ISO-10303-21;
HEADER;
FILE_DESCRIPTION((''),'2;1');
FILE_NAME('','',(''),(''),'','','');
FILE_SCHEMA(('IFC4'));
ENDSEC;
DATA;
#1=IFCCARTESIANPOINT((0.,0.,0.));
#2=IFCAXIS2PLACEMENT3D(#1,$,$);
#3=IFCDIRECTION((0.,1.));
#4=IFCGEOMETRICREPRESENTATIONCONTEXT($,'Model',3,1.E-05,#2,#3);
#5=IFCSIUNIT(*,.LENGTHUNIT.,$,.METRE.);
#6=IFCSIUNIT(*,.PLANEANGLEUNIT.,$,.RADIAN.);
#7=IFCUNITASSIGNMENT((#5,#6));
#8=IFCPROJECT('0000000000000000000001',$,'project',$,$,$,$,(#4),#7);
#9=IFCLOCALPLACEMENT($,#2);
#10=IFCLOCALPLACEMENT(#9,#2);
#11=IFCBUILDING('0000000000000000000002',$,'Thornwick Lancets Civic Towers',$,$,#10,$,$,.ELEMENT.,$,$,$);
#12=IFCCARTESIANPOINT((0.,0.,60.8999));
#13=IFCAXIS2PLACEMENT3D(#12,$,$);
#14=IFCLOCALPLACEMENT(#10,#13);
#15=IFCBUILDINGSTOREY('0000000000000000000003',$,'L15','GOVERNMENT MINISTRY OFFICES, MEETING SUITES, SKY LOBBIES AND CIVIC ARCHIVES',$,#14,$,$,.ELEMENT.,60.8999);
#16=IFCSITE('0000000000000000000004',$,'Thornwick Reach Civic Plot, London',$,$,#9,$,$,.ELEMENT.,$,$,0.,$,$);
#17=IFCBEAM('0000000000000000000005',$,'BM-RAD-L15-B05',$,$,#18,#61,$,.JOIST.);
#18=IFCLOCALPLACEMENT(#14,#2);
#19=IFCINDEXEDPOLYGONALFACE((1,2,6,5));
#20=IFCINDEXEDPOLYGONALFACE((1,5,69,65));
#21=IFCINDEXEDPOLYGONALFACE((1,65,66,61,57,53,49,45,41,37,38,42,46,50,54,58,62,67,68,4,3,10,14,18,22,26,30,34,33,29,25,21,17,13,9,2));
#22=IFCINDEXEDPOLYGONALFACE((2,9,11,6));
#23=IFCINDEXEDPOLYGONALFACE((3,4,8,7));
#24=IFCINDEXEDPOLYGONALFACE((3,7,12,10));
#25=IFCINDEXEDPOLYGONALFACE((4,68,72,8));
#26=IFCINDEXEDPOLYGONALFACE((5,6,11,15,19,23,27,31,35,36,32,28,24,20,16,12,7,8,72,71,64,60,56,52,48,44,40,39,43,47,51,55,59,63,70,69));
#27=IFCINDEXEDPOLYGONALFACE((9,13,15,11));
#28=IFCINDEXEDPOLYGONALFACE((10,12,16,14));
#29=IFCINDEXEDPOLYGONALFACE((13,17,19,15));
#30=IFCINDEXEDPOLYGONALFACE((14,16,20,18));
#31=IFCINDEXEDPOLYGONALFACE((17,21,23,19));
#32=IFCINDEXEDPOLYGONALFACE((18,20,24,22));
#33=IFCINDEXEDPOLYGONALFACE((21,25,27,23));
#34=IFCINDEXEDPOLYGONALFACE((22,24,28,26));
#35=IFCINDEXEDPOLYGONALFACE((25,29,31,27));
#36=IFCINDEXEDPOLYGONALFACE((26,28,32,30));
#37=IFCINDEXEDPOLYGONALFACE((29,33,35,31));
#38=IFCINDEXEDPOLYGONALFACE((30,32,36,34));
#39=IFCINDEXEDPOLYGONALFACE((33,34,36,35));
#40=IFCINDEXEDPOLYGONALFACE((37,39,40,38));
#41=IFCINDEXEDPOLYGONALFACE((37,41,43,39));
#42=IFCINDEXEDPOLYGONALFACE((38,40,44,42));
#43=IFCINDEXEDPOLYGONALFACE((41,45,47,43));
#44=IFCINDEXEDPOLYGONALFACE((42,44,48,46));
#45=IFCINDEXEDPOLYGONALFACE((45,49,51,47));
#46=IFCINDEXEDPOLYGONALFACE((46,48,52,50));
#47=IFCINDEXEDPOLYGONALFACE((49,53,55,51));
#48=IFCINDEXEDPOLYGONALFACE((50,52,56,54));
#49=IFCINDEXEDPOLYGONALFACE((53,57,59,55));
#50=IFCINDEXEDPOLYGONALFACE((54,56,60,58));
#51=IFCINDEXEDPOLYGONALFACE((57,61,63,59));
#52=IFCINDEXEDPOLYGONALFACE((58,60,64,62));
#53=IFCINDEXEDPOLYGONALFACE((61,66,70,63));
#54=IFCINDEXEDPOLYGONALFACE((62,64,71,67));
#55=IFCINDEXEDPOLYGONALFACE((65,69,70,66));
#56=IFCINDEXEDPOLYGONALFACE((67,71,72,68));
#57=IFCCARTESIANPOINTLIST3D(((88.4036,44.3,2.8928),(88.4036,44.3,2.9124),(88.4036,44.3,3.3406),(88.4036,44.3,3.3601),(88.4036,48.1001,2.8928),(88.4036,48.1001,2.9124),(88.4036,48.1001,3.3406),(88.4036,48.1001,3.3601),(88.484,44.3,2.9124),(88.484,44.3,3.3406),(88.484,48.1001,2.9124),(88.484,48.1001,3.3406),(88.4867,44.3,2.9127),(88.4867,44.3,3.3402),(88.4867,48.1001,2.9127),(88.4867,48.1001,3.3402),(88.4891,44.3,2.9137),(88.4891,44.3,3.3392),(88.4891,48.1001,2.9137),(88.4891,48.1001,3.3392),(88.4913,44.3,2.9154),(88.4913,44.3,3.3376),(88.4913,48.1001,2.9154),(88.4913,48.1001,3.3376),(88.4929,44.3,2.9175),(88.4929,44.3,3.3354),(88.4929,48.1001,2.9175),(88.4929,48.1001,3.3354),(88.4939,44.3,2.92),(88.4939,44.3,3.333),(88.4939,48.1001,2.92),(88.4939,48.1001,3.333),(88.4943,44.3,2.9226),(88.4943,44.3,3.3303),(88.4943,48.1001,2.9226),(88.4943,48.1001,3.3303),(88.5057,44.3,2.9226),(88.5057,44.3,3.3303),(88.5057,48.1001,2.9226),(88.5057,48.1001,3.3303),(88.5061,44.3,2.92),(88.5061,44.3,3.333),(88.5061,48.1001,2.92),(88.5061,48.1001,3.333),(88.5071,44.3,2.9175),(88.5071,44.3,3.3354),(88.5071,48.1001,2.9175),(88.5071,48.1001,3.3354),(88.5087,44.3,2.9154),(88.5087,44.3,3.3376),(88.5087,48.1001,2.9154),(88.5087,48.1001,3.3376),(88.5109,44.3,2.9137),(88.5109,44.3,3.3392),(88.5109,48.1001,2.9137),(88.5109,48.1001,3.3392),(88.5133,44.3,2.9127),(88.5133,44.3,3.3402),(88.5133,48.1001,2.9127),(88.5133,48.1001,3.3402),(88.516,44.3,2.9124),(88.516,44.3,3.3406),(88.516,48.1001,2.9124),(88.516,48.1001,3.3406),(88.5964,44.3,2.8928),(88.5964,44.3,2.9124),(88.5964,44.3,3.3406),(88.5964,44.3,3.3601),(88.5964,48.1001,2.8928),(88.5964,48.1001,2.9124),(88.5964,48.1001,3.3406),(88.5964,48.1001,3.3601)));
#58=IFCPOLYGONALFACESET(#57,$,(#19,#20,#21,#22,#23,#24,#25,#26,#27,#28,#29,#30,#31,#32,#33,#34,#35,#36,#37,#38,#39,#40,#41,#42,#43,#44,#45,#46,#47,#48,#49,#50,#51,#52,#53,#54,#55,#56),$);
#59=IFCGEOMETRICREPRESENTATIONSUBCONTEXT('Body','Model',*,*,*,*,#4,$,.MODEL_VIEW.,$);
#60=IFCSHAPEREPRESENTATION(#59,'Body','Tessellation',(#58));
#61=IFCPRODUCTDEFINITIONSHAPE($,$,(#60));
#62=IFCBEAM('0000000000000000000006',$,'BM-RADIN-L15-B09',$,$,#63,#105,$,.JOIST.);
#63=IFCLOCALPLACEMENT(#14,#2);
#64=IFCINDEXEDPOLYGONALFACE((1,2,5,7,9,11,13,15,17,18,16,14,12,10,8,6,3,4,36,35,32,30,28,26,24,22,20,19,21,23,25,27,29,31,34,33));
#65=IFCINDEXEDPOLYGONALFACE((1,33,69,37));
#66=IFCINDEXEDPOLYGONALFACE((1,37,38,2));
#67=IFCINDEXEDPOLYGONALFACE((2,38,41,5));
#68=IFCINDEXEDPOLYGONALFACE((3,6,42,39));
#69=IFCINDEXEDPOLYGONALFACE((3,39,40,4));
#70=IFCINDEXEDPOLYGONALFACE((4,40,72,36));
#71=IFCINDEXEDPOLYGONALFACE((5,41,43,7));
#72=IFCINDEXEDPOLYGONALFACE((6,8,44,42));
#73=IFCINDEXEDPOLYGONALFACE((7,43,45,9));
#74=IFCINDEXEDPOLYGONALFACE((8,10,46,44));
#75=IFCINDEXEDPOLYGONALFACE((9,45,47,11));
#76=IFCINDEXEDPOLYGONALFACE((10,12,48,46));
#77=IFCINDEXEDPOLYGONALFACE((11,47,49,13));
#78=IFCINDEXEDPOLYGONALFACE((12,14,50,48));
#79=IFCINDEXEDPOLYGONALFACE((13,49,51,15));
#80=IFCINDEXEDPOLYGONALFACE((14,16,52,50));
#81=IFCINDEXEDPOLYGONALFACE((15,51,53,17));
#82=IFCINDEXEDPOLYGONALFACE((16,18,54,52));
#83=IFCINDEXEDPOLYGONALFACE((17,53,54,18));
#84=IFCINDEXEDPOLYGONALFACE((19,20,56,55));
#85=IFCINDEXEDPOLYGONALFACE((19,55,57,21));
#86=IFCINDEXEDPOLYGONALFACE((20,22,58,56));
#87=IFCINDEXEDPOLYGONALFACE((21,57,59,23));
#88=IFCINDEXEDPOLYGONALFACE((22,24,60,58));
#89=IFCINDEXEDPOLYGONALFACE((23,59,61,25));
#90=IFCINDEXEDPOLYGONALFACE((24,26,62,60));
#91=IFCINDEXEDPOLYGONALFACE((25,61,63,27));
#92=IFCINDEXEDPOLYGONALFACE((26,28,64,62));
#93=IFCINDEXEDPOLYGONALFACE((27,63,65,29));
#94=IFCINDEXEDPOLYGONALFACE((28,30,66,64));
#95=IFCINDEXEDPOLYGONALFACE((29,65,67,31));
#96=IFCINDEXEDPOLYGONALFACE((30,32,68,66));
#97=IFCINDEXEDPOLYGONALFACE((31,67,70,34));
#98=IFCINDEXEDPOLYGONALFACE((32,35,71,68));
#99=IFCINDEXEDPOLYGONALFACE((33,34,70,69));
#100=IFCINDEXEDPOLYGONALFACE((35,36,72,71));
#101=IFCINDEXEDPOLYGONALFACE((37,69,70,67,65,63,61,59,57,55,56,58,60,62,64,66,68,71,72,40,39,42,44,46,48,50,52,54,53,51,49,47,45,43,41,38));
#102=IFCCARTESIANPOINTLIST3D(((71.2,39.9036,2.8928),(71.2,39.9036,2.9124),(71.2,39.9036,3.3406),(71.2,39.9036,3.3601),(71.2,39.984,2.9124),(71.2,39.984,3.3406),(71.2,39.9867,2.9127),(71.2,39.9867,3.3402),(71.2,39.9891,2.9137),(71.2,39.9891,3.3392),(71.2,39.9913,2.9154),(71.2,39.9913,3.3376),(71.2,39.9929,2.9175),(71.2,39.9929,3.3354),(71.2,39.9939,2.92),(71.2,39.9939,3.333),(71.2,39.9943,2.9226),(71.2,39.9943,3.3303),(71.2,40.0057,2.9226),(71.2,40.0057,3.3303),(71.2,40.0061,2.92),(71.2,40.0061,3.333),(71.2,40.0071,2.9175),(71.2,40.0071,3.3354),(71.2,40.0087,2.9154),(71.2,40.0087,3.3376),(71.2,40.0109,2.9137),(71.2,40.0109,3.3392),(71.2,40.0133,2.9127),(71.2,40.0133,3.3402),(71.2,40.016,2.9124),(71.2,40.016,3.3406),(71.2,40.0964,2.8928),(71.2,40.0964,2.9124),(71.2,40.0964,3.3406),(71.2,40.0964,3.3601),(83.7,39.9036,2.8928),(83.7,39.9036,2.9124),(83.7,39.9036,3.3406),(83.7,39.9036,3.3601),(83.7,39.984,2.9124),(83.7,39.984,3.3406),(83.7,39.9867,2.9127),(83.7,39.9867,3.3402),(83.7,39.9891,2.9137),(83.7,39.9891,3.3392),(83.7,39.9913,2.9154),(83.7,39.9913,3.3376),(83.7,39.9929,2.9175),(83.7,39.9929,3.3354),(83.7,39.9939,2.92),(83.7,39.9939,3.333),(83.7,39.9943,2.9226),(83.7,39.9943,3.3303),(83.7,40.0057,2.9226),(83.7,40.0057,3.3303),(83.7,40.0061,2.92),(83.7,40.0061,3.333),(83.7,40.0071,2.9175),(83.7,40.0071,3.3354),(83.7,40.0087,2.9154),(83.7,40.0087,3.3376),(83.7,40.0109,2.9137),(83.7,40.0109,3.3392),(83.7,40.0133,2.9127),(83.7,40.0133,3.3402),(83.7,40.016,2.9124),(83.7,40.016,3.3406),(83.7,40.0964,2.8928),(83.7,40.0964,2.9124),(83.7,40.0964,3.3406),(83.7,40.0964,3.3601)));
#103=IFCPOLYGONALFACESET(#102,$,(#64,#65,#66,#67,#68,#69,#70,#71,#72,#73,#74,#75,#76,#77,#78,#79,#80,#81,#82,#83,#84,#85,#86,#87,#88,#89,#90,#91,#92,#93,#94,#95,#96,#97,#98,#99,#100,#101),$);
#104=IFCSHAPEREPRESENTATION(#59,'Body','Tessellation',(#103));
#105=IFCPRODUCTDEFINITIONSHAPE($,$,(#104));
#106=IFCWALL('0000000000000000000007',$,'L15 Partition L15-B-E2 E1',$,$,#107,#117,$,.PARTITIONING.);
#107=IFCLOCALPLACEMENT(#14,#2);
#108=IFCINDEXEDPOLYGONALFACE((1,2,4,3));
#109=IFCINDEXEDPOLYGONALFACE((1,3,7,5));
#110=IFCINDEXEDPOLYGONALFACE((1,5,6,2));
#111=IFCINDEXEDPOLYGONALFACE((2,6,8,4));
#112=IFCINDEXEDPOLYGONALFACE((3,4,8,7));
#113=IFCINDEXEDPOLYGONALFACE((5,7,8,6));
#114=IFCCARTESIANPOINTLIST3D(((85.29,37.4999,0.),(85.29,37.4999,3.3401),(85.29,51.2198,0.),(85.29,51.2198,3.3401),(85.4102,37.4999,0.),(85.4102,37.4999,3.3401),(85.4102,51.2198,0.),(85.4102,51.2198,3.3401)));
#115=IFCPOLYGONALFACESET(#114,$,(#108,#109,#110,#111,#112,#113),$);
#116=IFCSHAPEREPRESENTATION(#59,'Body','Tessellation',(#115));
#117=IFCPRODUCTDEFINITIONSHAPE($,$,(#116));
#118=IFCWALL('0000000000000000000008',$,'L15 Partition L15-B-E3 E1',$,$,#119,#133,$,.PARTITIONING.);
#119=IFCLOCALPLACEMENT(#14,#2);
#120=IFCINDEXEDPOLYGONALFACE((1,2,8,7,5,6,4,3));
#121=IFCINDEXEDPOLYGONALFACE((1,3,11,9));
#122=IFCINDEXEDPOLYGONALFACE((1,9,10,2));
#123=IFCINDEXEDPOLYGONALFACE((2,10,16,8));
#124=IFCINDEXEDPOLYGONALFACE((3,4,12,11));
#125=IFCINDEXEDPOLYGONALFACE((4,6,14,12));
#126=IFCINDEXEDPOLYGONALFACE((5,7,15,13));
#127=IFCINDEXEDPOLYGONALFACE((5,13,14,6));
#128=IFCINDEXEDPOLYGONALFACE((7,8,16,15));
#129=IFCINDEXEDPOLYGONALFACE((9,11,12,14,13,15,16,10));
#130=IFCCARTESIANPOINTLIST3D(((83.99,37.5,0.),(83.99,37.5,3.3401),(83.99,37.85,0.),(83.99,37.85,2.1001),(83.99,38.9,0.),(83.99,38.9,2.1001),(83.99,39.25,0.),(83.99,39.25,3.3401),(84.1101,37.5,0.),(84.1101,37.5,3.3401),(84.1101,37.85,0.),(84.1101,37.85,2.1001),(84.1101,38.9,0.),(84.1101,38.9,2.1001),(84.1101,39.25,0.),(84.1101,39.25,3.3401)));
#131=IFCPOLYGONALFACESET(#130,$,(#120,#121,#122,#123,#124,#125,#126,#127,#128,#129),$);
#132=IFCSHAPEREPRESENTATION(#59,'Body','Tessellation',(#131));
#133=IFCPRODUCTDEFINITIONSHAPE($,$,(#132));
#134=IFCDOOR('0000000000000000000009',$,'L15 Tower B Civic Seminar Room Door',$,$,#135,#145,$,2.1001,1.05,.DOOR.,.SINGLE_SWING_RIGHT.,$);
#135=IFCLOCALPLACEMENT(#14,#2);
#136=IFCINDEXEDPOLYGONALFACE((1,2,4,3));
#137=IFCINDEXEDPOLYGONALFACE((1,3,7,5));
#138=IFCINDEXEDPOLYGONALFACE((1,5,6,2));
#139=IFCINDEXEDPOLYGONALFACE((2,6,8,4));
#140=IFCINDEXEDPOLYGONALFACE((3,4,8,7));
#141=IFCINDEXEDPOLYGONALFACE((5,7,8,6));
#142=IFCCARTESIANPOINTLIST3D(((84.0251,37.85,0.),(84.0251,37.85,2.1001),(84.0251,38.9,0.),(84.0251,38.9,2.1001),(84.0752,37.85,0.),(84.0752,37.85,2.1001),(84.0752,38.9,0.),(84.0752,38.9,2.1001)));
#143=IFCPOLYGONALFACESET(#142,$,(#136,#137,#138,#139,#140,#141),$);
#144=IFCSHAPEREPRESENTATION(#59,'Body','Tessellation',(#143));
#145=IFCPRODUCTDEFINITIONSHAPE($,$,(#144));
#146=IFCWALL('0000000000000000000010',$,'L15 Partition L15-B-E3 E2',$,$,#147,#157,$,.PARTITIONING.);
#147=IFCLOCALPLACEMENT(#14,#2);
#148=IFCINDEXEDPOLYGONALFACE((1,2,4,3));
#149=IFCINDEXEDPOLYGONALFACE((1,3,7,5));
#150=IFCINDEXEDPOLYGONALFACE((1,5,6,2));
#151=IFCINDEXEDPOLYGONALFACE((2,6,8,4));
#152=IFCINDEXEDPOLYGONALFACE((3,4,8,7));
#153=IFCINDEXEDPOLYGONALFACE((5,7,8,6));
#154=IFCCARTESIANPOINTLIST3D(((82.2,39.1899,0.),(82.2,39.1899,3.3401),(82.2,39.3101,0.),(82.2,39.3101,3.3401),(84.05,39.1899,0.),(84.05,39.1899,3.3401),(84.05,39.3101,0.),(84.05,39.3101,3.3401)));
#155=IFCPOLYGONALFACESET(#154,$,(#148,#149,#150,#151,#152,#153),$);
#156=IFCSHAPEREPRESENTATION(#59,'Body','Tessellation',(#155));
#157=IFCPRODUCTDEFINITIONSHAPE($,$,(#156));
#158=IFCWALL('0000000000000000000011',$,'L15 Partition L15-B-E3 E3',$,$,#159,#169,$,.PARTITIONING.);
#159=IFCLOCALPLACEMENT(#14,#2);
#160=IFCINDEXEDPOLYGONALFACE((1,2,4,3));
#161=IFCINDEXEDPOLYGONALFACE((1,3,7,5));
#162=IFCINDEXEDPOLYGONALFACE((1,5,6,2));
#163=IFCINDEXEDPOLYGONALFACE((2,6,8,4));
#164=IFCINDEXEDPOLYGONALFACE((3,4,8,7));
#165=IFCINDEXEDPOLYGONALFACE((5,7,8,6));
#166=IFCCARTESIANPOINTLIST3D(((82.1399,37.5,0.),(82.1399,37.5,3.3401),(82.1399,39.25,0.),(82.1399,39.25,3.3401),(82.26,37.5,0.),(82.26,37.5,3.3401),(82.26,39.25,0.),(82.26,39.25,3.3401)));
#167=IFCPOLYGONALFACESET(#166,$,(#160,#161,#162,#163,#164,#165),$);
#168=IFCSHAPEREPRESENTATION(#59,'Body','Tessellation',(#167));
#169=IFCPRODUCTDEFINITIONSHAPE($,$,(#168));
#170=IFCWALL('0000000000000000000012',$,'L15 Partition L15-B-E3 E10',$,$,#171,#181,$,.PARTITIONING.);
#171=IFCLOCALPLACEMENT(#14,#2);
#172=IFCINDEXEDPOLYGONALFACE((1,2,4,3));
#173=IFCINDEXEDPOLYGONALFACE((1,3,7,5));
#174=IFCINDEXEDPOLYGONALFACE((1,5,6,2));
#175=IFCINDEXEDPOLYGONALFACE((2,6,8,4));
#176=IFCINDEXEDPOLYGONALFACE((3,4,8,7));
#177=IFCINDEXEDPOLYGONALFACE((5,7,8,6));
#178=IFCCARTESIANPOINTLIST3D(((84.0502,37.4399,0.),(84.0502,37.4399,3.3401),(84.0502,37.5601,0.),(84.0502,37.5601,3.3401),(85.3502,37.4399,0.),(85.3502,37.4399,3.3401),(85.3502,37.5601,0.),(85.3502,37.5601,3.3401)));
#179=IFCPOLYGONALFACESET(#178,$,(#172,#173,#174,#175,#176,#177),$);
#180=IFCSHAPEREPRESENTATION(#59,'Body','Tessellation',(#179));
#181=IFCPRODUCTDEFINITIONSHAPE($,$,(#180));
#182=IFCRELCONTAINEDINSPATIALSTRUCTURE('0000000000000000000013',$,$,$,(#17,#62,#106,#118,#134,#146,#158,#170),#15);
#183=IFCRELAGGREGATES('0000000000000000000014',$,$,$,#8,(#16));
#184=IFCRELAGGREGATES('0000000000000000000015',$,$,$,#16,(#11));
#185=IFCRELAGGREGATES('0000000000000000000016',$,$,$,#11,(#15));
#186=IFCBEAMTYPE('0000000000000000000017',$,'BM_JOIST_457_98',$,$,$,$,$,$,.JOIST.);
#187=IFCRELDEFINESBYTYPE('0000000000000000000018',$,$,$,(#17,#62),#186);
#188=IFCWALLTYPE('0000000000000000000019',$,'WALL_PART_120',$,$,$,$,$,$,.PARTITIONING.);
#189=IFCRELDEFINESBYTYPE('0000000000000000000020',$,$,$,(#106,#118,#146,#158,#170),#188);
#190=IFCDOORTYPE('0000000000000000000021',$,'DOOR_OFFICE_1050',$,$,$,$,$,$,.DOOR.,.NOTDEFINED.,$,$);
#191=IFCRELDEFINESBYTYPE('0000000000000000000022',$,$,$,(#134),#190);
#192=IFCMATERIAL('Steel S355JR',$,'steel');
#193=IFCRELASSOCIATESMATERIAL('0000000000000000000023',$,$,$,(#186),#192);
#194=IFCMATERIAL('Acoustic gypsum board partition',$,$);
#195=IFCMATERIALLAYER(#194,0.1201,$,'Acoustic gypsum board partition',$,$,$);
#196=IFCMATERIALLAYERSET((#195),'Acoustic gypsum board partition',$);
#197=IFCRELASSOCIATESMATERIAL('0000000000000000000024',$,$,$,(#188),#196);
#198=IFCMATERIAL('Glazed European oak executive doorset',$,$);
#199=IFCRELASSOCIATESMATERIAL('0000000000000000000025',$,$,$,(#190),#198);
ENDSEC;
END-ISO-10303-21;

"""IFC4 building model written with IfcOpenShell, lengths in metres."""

from ifc_helpers import new_model, si_unit, direction, frame, frame_2d, origin, origin_2d, place, context, subcontext, project, spatial, rectangle, i_section, extrude, material, layer, layer_set, material_profile, profile_set, type_object, element, fill, save


model = new_model("IFC4")

# Units and contexts
model_context = context("Model", 3, precision=1e-05, world=origin(), true_north=direction((0.0, 1.0)))
body_context = subcontext(model_context, "Body", "Model", "MODEL_VIEW")
ifc_project = project(units=[si_unit("LENGTHUNIT", "METRE"), si_unit("PLANEANGLEUNIT", "RADIAN")], contexts=[model_context])

# Site, building, storey
site_placement = place(None, origin())
site = spatial("IfcSite", under=ifc_project, at=site_placement, Name="Thornwick Reach Civic Plot, London", CompositionType="ELEMENT", RefElevation=0.0)
building_placement = place(site_placement, origin())
building = spatial("IfcBuilding", under=site, at=building_placement, Name="Thornwick Lancets Civic Towers", CompositionType="ELEMENT")
storey_placement = place(building_placement, frame((0.0, 0.0, 60.8999)))
storey = spatial("IfcBuildingStorey", under=building, at=storey_placement, Name="L15", Description="GOVERNMENT MINISTRY OFFICES, MEETING SUITES, SKY LOBBIES AND CIVIC ARCHIVES", CompositionType="ELEMENT", Elevation=60.8999)

# Beams
ifc_material_1 = material(Name="Steel S355JR", Category="steel")
ifc_material_profile_1 = material_profile(ifc_material_1, i_section(OverallWidth=0.1929, OverallDepth=0.4673, WebThickness=0.0115, FlangeThickness=0.0195, FilletRadius=0.0103, at=origin_2d()), Name="UKB 457x191x98")
ifc_profile_set_1 = profile_set([ifc_material_profile_1], Name="Steel S355JR")
beam_type_1 = type_object("IfcBeamType", Name="BM_JOIST_457_98", PredefinedType="JOIST", material=ifc_profile_set_1)
beam_1_placement = place(storey_placement, frame((88.5, 44.3, 3.1265), z_axis=(0.0, 1.0, 0.0), x_axis=(-1.0, 0.0, 0.0)))
element("IfcBeam", 1, at=beam_1_placement, inside=storey, type_object=beam_type_1, Name="BM-RAD-L15-B05", PredefinedType="JOIST", context=body_context, shape_type="SweptSolid", body=[
    extrude(i_section(OverallWidth=0.1929, OverallDepth=0.4673, WebThickness=0.0115, FlangeThickness=0.0195, FilletRadius=0.0103, at=origin_2d()), origin(), (0.0, 0.0, 1.0), 3.8),
])
beam_2_placement = place(storey_placement, frame((83.7, 40.0, 3.1265), z_axis=(-1.0, 0.0, 0.0), x_axis=(0.0, -1.0, 0.0)))
element("IfcBeam", 2, at=beam_2_placement, inside=storey, type_object=beam_type_1, Name="BM-RADIN-L15-B09", PredefinedType="JOIST", context=body_context, shape_type="SweptSolid", body=[
    extrude(i_section(OverallWidth=0.1929, OverallDepth=0.4673, WebThickness=0.0115, FlangeThickness=0.0195, FilletRadius=0.0103, at=origin_2d()), origin(), (0.0, 0.0, 1.0), 12.5),
])

# Wall
ifc_material_2 = material(Name="Acoustic gypsum board partition")
ifc_layer = layer(ifc_material_2, 0.1201, Name="Acoustic gypsum board partition")
ifc_layer_set = layer_set([ifc_layer], Name="Acoustic gypsum board partition")
wall_type = type_object("IfcWallType", Name="WALL_PART_120", PredefinedType="PARTITIONING", material=ifc_layer_set)
wall_1_placement = place(storey_placement, frame((85.3501, 37.5, 0.0), z_axis=(0.0, 0.0, 1.0), x_axis=(0.0, 1.0, 0.0)))
element("IfcWall", 3, at=wall_1_placement, inside=storey, type_object=wall_type, Name="L15 Partition L15-B-E2 E1", PredefinedType="PARTITIONING", context=body_context, shape_type="SweptSolid", body=[
    extrude(rectangle(XDim=13.72, YDim=0.1201, at=frame_2d((6.8599, 0.0))), origin(), (0.0, 0.0, 1.0), 3.3401),
])

# Wall, opening, door
wall_2_placement = place(storey_placement, frame((84.05, 37.5, 0.0), z_axis=(0.0, 0.0, 1.0), x_axis=(0.0, 1.0, 0.0)))
wall_2 = element("IfcWall", 4, at=wall_2_placement, inside=storey, type_object=wall_type, Name="L15 Partition L15-B-E3 E1", PredefinedType="PARTITIONING", context=body_context, shape_type="SweptSolid", body=[
    extrude(rectangle(XDim=1.75, YDim=0.1201, at=frame_2d((0.875, 0.0))), origin(), (0.0, 0.0, 1.0), 3.3401),
])
opening_placement = place(wall_2_placement, frame((0.3501, 0.0, 0.0)))
opening = element("IfcOpeningElement", 5, at=opening_placement, cuts=wall_2, PredefinedType="OPENING", context=body_context, shape_type="SweptSolid", body=[
    extrude(rectangle(XDim=1.05, YDim=2.1001, at=frame_2d((0.5249, 1.05))), frame((0.0, 0.0701, 0.0), z_axis=(0.0, -1.0, 0.0), x_axis=(1.0, 0.0, 0.0)), (0.0, 0.0, 1.0), 0.1401),
])
ifc_material_3 = material(Name="Glazed European oak executive doorset")
door_type = type_object("IfcDoorType", Name="DOOR_OFFICE_1050", OperationType="NOTDEFINED", PredefinedType="DOOR", material=ifc_material_3)
door_placement = place(opening_placement, origin())
door = element("IfcDoor", 6, at=door_placement, inside=storey, type_object=door_type, Name="L15 Tower B Civic Seminar Room Door", OperationType="SINGLE_SWING_RIGHT", OverallHeight=2.1001, OverallWidth=1.05, PredefinedType="DOOR", context=body_context, shape_type="SweptSolid", body=[
    extrude(rectangle(XDim=1.05, YDim=2.1001, at=frame_2d((0.5249, 1.05))), frame((0.0, 0.0249, 0.0), z_axis=(0.0, -1.0, 0.0), x_axis=(1.0, 0.0, 0.0)), (0.0, 0.0, 1.0), 0.05),
])
fill(opening, door)

# Walls
wall_3_placement = place(storey_placement, frame((84.05, 39.25, 0.0), z_axis=(0.0, 0.0, 1.0), x_axis=(-1.0, 0.0, 0.0)))
element("IfcWall", 7, at=wall_3_placement, inside=storey, type_object=wall_type, Name="L15 Partition L15-B-E3 E2", PredefinedType="PARTITIONING", context=body_context, shape_type="SweptSolid", body=[
    extrude(rectangle(XDim=1.8501, YDim=0.1201, at=frame_2d((0.925, 0.0))), origin(), (0.0, 0.0, 1.0), 3.3401),
])
wall_4_placement = place(storey_placement, frame((82.2, 39.25, 0.0), z_axis=(0.0, 0.0, 1.0), x_axis=(0.0, -1.0, 0.0)))
element("IfcWall", 8, at=wall_4_placement, inside=storey, type_object=wall_type, Name="L15 Partition L15-B-E3 E3", PredefinedType="PARTITIONING", context=body_context, shape_type="SweptSolid", body=[
    extrude(rectangle(XDim=1.75, YDim=0.1201, at=frame_2d((0.875, 0.0))), origin(), (0.0, 0.0, 1.0), 3.3401),
])
wall_5_placement = place(storey_placement, frame((85.3501, 37.5, 0.0), z_axis=(0.0, 0.0, 1.0), x_axis=(-1.0, 0.0, 0.0)))
element("IfcWall", 9, at=wall_5_placement, inside=storey, type_object=wall_type, Name="L15 Partition L15-B-E3 E10", PredefinedType="PARTITIONING", context=body_context, shape_type="SweptSolid", body=[
    extrude(rectangle(XDim=1.3, YDim=0.1201, at=frame_2d((0.6499, 0.0))), origin(), (0.0, 0.0, 1.0), 3.3401),
])

save(model, "model.ifc")
